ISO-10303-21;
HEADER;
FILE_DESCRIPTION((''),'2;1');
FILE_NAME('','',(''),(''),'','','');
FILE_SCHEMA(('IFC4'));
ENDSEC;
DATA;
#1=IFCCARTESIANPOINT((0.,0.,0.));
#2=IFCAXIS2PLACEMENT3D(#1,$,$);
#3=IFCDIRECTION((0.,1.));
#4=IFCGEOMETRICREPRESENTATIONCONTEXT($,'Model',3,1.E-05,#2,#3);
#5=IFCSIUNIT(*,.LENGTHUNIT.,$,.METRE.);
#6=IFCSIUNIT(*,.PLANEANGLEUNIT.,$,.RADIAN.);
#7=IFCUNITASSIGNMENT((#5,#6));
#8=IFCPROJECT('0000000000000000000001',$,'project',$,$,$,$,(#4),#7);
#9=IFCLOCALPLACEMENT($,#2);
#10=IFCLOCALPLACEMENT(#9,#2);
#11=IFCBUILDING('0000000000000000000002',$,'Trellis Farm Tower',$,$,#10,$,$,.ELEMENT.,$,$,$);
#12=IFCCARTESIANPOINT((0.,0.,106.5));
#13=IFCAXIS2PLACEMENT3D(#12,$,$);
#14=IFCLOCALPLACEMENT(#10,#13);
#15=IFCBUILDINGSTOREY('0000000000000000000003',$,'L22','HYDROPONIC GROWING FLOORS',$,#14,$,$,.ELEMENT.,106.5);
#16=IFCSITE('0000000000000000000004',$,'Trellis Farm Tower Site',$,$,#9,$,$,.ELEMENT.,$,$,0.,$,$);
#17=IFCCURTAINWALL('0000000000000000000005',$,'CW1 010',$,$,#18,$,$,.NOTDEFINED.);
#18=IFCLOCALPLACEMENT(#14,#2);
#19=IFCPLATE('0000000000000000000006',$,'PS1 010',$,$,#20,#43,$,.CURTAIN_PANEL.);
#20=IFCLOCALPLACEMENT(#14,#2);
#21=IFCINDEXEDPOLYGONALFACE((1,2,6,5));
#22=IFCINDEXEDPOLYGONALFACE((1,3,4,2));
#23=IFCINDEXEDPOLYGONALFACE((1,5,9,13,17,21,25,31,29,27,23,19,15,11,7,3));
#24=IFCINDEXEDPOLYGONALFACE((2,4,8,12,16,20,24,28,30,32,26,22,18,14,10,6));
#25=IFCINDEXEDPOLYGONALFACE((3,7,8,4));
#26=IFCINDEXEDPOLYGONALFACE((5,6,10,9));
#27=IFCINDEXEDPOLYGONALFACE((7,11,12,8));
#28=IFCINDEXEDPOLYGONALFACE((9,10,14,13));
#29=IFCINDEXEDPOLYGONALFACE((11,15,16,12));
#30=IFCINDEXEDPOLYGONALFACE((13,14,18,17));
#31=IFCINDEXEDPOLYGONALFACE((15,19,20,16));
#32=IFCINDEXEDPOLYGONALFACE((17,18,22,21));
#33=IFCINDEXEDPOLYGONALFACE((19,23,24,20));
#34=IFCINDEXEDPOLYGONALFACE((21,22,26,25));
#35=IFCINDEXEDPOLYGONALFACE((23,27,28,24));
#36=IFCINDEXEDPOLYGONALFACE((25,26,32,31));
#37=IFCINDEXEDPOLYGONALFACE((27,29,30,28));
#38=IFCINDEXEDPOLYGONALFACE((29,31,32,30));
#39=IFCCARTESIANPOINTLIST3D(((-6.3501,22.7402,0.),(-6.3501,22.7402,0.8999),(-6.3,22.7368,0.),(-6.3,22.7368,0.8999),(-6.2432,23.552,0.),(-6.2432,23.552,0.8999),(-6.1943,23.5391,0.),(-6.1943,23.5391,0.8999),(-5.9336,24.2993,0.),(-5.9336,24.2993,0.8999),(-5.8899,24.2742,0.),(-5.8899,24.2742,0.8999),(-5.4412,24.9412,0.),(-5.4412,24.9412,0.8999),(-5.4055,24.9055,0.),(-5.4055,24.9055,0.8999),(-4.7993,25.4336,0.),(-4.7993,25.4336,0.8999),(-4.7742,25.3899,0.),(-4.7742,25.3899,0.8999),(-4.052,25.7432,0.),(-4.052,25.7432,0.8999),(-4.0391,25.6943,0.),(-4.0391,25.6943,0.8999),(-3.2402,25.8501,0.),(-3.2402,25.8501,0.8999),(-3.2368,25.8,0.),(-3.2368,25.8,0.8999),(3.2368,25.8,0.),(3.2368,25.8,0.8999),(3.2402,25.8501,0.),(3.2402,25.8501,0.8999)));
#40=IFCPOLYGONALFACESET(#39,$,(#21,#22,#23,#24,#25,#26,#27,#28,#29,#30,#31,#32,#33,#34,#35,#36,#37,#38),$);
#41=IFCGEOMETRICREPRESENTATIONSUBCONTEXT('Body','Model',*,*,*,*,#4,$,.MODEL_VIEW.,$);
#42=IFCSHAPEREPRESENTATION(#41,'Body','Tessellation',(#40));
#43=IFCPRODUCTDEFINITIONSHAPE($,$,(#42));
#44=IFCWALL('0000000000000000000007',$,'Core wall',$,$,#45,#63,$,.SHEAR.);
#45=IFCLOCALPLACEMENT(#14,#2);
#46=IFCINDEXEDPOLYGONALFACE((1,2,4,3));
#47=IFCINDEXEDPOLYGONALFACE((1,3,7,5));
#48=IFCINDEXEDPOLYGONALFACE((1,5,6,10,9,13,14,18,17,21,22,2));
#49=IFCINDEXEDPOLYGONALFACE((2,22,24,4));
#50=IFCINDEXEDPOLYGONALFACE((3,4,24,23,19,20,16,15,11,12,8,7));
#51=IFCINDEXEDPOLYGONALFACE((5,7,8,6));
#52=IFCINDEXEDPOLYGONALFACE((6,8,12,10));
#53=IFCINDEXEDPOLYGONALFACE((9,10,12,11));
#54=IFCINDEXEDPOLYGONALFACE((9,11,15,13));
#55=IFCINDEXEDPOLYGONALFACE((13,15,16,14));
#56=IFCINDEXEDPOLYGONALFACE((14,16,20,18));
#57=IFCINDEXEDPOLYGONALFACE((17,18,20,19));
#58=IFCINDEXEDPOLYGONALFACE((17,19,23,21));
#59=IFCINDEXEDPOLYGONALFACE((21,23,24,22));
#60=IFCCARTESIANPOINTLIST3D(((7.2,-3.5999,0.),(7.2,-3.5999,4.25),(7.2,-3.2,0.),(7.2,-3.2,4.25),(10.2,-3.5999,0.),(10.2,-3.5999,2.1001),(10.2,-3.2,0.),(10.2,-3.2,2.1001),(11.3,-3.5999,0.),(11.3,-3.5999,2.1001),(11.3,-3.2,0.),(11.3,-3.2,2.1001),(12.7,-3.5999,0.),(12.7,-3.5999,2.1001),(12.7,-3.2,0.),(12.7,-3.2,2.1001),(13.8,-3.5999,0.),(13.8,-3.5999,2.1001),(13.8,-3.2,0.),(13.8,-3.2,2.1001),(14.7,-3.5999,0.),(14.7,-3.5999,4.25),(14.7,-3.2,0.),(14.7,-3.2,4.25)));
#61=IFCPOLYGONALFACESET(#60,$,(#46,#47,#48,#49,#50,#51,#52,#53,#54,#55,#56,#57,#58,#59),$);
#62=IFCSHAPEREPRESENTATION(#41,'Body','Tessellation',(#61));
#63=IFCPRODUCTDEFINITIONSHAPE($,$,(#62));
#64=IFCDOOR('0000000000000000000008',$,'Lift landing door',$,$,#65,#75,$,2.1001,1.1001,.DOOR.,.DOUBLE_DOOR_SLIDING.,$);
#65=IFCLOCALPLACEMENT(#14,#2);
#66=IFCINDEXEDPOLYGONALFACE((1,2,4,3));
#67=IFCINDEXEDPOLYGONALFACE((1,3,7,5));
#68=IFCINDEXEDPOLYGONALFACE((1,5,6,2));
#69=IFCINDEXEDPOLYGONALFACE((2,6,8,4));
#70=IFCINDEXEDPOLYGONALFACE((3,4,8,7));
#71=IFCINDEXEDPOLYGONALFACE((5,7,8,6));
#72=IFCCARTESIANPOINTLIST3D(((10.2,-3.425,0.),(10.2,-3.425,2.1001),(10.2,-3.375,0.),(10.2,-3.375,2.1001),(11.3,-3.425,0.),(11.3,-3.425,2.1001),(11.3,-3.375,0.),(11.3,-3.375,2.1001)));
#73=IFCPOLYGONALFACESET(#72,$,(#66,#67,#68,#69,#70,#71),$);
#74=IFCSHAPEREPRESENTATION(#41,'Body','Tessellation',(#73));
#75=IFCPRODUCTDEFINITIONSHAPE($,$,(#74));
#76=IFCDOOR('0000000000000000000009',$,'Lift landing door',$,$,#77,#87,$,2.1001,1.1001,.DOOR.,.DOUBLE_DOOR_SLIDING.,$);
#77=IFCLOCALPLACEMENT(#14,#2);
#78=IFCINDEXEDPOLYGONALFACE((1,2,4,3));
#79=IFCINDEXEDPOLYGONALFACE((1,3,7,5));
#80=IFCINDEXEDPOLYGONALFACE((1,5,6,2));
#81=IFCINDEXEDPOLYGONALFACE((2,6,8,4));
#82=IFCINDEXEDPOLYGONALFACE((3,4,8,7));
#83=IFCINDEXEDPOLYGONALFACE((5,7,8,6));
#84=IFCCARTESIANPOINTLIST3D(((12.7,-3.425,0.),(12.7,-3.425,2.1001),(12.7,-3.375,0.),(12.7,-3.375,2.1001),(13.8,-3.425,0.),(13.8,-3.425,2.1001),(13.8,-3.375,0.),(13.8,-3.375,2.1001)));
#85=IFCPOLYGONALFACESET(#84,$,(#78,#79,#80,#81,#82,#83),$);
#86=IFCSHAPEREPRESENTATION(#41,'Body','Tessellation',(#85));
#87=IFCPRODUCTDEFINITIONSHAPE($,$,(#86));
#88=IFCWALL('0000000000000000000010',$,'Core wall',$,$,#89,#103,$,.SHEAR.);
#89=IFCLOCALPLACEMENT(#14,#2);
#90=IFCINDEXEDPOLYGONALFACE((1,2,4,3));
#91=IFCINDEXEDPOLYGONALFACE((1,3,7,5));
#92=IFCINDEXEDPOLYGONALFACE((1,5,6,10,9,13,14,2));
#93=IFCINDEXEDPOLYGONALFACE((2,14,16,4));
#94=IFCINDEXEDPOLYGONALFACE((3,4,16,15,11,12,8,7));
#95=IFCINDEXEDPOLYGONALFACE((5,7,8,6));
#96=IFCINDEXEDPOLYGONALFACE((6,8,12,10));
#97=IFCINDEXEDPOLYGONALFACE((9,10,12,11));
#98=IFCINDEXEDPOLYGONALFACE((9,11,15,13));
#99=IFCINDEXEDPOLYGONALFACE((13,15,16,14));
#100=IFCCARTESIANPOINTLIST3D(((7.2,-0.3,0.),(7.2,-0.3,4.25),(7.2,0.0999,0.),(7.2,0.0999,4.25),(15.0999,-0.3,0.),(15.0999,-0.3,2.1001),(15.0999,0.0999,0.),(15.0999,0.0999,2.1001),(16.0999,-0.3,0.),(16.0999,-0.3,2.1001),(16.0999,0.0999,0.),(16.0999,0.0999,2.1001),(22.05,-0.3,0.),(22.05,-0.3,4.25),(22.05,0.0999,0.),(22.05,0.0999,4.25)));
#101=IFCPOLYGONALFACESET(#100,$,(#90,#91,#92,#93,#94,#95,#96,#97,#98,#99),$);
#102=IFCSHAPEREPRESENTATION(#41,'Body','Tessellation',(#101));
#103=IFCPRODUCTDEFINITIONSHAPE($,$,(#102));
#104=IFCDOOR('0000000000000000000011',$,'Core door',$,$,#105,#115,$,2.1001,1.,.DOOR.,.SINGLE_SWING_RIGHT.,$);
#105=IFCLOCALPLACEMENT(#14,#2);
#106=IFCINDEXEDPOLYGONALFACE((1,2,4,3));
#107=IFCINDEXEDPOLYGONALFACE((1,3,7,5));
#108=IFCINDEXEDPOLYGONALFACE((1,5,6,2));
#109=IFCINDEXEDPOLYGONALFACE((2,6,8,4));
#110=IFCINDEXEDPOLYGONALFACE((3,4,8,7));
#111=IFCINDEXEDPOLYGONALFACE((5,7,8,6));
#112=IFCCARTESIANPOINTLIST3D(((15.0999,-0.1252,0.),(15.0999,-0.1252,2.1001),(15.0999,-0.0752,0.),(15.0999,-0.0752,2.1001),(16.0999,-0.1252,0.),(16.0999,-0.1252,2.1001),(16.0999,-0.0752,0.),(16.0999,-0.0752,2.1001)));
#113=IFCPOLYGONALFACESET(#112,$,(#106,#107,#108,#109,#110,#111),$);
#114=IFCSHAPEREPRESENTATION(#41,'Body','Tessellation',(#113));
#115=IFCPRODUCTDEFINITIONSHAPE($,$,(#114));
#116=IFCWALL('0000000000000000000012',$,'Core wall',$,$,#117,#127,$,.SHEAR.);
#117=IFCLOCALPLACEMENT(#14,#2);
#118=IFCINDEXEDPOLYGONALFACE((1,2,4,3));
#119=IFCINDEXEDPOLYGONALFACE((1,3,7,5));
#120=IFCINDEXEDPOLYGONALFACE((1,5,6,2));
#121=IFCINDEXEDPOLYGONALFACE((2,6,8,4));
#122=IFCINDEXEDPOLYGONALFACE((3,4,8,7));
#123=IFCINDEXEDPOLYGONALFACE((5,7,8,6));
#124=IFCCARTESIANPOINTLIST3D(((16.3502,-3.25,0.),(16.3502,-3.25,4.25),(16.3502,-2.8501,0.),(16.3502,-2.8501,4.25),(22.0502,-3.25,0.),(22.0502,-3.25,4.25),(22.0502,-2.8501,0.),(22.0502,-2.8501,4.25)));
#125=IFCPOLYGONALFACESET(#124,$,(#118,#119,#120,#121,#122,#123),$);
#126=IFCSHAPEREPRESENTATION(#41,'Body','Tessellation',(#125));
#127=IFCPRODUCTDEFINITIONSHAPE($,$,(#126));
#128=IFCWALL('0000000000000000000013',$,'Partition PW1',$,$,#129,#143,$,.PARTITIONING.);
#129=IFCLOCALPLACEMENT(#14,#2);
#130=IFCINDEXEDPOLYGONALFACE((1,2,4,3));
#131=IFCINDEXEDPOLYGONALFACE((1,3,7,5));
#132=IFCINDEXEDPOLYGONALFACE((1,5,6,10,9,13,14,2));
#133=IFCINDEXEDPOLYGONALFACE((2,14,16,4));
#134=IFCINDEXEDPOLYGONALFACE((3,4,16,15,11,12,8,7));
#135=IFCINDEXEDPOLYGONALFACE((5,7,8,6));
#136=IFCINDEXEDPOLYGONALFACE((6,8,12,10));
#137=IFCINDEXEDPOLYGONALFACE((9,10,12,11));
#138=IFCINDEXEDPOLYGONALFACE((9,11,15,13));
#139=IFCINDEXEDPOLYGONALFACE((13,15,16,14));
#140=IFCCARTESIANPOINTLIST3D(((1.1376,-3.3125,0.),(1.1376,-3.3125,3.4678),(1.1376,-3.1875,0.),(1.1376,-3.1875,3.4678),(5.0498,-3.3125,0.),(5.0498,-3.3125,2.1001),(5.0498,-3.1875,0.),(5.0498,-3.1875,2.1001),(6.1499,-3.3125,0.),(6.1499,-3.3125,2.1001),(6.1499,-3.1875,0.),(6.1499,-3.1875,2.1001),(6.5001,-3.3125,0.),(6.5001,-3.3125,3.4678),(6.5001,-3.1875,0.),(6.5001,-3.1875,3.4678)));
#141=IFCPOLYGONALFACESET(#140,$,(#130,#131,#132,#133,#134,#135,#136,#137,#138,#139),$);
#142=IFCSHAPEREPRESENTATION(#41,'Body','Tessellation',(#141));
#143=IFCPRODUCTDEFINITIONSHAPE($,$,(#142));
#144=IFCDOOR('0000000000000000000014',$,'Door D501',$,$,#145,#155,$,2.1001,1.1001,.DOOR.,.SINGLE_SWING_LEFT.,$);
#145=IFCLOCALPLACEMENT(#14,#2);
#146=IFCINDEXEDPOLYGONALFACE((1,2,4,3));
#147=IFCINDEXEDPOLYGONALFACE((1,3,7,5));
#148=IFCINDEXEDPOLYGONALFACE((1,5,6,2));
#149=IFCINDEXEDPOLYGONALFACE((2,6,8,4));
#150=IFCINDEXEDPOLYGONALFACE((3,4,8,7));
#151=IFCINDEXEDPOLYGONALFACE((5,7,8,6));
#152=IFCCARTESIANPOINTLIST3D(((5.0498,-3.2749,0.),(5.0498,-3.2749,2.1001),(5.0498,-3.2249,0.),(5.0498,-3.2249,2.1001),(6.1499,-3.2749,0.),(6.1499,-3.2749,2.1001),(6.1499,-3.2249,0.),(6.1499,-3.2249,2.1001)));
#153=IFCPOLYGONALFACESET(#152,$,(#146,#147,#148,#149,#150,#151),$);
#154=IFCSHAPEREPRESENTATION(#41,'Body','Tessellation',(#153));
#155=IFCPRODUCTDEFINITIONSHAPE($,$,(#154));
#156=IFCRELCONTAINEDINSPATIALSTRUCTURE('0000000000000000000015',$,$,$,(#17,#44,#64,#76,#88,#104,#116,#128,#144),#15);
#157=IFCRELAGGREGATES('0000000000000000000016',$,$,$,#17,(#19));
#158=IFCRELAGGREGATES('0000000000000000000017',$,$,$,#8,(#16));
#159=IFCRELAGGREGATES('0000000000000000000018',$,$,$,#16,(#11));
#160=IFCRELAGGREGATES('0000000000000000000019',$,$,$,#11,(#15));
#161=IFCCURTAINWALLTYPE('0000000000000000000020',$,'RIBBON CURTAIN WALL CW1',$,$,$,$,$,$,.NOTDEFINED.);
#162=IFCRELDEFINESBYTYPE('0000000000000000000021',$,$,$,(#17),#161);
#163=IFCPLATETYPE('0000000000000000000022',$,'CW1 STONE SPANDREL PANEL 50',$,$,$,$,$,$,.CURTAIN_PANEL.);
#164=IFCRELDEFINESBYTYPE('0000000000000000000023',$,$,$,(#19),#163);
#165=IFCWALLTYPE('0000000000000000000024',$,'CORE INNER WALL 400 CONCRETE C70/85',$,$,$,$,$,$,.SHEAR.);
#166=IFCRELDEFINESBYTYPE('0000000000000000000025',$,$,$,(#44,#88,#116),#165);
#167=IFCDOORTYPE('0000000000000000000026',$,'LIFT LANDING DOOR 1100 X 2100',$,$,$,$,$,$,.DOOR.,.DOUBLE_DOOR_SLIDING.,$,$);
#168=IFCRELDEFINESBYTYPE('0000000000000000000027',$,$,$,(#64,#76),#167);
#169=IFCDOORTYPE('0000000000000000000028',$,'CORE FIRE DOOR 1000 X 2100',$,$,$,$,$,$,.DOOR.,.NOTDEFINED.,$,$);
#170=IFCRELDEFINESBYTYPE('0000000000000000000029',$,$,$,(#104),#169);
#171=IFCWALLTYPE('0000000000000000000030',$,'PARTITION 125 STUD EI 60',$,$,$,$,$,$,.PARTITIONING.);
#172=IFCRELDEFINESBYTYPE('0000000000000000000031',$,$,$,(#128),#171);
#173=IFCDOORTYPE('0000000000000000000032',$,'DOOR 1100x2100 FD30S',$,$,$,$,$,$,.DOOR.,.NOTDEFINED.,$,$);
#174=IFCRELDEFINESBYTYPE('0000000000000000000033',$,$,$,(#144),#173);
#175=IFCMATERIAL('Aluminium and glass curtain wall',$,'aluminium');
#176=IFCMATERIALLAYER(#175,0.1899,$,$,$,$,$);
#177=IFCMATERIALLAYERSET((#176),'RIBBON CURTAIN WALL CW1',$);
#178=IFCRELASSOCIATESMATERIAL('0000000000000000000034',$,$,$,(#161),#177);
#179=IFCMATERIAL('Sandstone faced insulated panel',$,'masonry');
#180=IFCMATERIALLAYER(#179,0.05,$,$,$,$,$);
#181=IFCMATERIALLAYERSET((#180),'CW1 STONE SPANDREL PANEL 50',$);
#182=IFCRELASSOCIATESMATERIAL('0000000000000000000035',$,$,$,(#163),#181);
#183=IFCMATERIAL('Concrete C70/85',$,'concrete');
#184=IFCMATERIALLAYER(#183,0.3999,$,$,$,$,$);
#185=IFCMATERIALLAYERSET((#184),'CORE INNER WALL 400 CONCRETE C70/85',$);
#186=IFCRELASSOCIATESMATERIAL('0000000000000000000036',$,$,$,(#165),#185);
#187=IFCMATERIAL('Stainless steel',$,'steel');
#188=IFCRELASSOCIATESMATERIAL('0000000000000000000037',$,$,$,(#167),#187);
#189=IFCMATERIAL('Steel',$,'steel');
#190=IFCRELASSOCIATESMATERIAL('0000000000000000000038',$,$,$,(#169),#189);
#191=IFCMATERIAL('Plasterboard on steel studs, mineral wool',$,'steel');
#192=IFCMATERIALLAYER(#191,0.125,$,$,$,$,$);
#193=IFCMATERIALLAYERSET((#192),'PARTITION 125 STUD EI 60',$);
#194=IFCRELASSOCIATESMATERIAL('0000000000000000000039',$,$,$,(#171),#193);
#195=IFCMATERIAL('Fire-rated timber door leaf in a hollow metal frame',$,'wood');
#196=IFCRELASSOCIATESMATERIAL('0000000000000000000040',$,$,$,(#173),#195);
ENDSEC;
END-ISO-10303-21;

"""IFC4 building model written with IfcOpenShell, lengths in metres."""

from ifc_helpers import new_model, si_unit, direction, frame, frame_2d, origin, place, context, subcontext, project, spatial, polyline, rectangle, outline, extrude, source, transform, mapped, material, layer, layer_set, type_object, element, fill, aggregate, save


model = new_model("IFC4")

# Units and contexts
model_context = context("Model", 3, precision=1e-05, world=origin(), true_north=direction((0.0, 1.0)))
body_context = subcontext(model_context, "Body", "Model", "MODEL_VIEW")
ifc_project = project(units=[si_unit("LENGTHUNIT", "METRE"), si_unit("PLANEANGLEUNIT", "RADIAN")], contexts=[model_context])

# Site, building, storey
site_placement = place(None, origin())
site = spatial("IfcSite", under=ifc_project, at=site_placement, Name="Trellis Farm Tower Site", CompositionType="ELEMENT", RefElevation=0.0)
building_placement = place(site_placement, origin())
building = spatial("IfcBuilding", under=site, at=building_placement, Name="Trellis Farm Tower", CompositionType="ELEMENT")
storey_placement = place(building_placement, frame((0.0, 0.0, 106.5)))
storey = spatial("IfcBuildingStorey", under=building, at=storey_placement, Name="L22", Description="HYDROPONIC GROWING FLOORS", CompositionType="ELEMENT", Elevation=106.5)

# Shared definitions
ifc_material_1 = material(Name="Aluminium and glass curtain wall", Category="aluminium")
ifc_layer_1 = layer(ifc_material_1, 0.1899)
ifc_layer_set_1 = layer_set([ifc_layer_1], Name="RIBBON CURTAIN WALL CW1")
curtain_wall_type = type_object("IfcCurtainWallType", Name="RIBBON CURTAIN WALL CW1", PredefinedType="NOTDEFINED", material=ifc_layer_set_1)
placement = place(storey_placement, origin())
ifc_material_2 = material(Name="Sandstone faced insulated panel", Category="masonry")
ifc_layer_2 = layer(ifc_material_2, 0.05)
ifc_layer_set_2 = layer_set([ifc_layer_2], Name="CW1 STONE SPANDREL PANEL 50")
plate_type_1 = type_object("IfcPlateType", Name="CW1 STONE SPANDREL PANEL 50", PredefinedType="CURTAIN_PANEL", material=ifc_layer_set_2)

# Curtain wall, plate
curtain_wall_1 = element("IfcCurtainWall", 1, at=placement, inside=storey, type_object=curtain_wall_type, Name="CW1 010", PredefinedType="NOTDEFINED")
shared_shape_1 = source(origin(), body_context, "Body", "SweptSolid", [
    extrude(outline(polyline([(3.2402, 25.8501), (-3.2402, 25.8501), (-4.052, 25.7432), (-4.7993, 25.4336), (-5.4412, 24.9412), (-5.9336, 24.2993), (-6.2432, 23.552), (-6.3501, 22.7402), (-6.3, 22.7368), (-6.1943, 23.5391), (-5.8899, 24.2742), (-5.4055, 24.9055), (-4.7742, 25.3899), (-4.0391, 25.6943), (-3.2368, 25.8), (3.2368, 25.8), (3.2402, 25.8501)])), origin(), (0.0, 0.0, 1.0), 0.8999),
])
plate_1 = element("IfcPlate", 2, at=placement, type_object=plate_type_1, Name="PS1 010", PredefinedType="CURTAIN_PANEL", context=body_context, shape_type="MappedRepresentation", body=[
    mapped(shared_shape_1, transform((0.0, 0.0, 0.0))),
])
aggregate(curtain_wall_1, [plate_1])

# Wall, openings, doors
ifc_material_3 = material(Name="Concrete C70/85", Category="concrete")
ifc_layer_3 = layer(ifc_material_3, 0.3999)
ifc_layer_set_3 = layer_set([ifc_layer_3], Name="CORE INNER WALL 400 CONCRETE C70/85")
wall_type_1 = type_object("IfcWallType", Name="CORE INNER WALL 400 CONCRETE C70/85", PredefinedType="SHEAR", material=ifc_layer_set_3)
shared_shape_2 = source(origin(), body_context, "Body", "SweptSolid", [
    extrude(rectangle(XDim=7.5, YDim=0.3999, at=frame_2d((3.75, 0.0))), origin(), (0.0, 0.0, 1.0), 4.25),
])
wall_1_placement = place(storey_placement, frame((7.2, -3.3999, 0.0), z_axis=(0.0, 0.0, 1.0), x_axis=(1.0, 0.0, 0.0)))
wall_1 = element("IfcWall", 3, at=wall_1_placement, inside=storey, type_object=wall_type_1, Name="Core wall", PredefinedType="SHEAR", context=body_context, shape_type="MappedRepresentation", body=[
    mapped(shared_shape_2, transform((0.0, 0.0, 0.0))),
])
shared_shape_3 = source(origin(), body_context, "Body", "SweptSolid", [
    extrude(rectangle(XDim=1.1001, YDim=2.1001, at=frame_2d((0.55, 1.05))), frame((0.0, 0.21, 0.0), z_axis=(0.0, -1.0, 0.0), x_axis=(1.0, 0.0, 0.0)), (0.0, 0.0, 1.0), 0.4199),
])
opening_1_placement = place(wall_1_placement, frame((3.0, 0.0, 0.0)))
opening_1 = element("IfcOpeningElement", 4, at=opening_1_placement, cuts=wall_1, PredefinedType="OPENING", context=body_context, shape_type="MappedRepresentation", body=[
    mapped(shared_shape_3, transform((0.0, 0.0, 0.0))),
])
opening_2_placement = place(wall_1_placement, frame((5.5, 0.0, 0.0)))
opening_2 = element("IfcOpeningElement", 5, at=opening_2_placement, cuts=wall_1, PredefinedType="OPENING", context=body_context, shape_type="MappedRepresentation", body=[
    mapped(shared_shape_3, transform((0.0, 0.0, 0.0))),
])
ifc_material_4 = material(Name="Stainless steel", Category="steel")
door_type_1 = type_object("IfcDoorType", Name="LIFT LANDING DOOR 1100 X 2100", OperationType="DOUBLE_DOOR_SLIDING", PredefinedType="DOOR", material=ifc_material_4)
shared_shape_4 = source(origin(), body_context, "Body", "SweptSolid", [
    extrude(rectangle(XDim=1.1001, YDim=2.1001, at=frame_2d((0.55, 1.05))), frame((0.0, 0.0249, 0.0), z_axis=(0.0, -1.0, 0.0), x_axis=(1.0, 0.0, 0.0)), (0.0, 0.0, 1.0), 0.05),
])
door_1_placement = place(opening_1_placement, origin())
door_1 = element("IfcDoor", 6, at=door_1_placement, inside=storey, type_object=door_type_1, Name="Lift landing door", OperationType="DOUBLE_DOOR_SLIDING", OverallHeight=2.1001, OverallWidth=1.1001, PredefinedType="DOOR", context=body_context, shape_type="MappedRepresentation", body=[
    mapped(shared_shape_4, transform((0.0, 0.0, 0.0))),
])
fill(opening_1, door_1)
door_2_placement = place(opening_2_placement, origin())
door_2 = element("IfcDoor", 7, at=door_2_placement, inside=storey, type_object=door_type_1, Name="Lift landing door", OperationType="DOUBLE_DOOR_SLIDING", OverallHeight=2.1001, OverallWidth=1.1001, PredefinedType="DOOR", context=body_context, shape_type="MappedRepresentation", body=[
    mapped(shared_shape_4, transform((0.0, 0.0, 0.0))),
])
fill(opening_2, door_2)

# Wall, opening, door
shared_shape_5 = source(origin(), body_context, "Body", "SweptSolid", [
    extrude(rectangle(XDim=14.8501, YDim=0.3999, at=frame_2d((7.425, 0.0))), origin(), (0.0, 0.0, 1.0), 4.25),
])
wall_2_placement = place(storey_placement, frame((7.2, -0.1001, 0.0), z_axis=(0.0, 0.0, 1.0), x_axis=(1.0, 0.0, 0.0)))
wall_2 = element("IfcWall", 8, at=wall_2_placement, inside=storey, type_object=wall_type_1, Name="Core wall", PredefinedType="SHEAR", context=body_context, shape_type="MappedRepresentation", body=[
    mapped(shared_shape_5, transform((0.0, 0.0, 0.0))),
])
shared_shape_6 = source(origin(), body_context, "Body", "SweptSolid", [
    extrude(rectangle(XDim=1.0, YDim=2.1001, at=frame_2d((0.5, 1.05))), frame((0.0, 0.21, 0.0), z_axis=(0.0, -1.0, 0.0), x_axis=(1.0, 0.0, 0.0)), (0.0, 0.0, 1.0), 0.4199),
])
opening_3_placement = place(wall_2_placement, frame((7.8999, 0.0, 0.0)))
opening_3 = element("IfcOpeningElement", 9, at=opening_3_placement, cuts=wall_2, PredefinedType="OPENING", context=body_context, shape_type="MappedRepresentation", body=[
    mapped(shared_shape_6, transform((0.0, 0.0, 0.0))),
])
ifc_material_5 = material(Name="Steel", Category="steel")
door_type_2 = type_object("IfcDoorType", Name="CORE FIRE DOOR 1000 X 2100", OperationType="NOTDEFINED", PredefinedType="DOOR", material=ifc_material_5)
shared_shape_7 = source(origin(), body_context, "Body", "SweptSolid", [
    extrude(rectangle(XDim=1.0, YDim=2.1001, at=frame_2d((0.5, 1.05))), frame((0.0, 0.0249, 0.0), z_axis=(0.0, -1.0, 0.0), x_axis=(1.0, 0.0, 0.0)), (0.0, 0.0, 1.0), 0.05),
])
door_3_placement = place(opening_3_placement, origin())
door_3 = element("IfcDoor", 10, at=door_3_placement, inside=storey, type_object=door_type_2, Name="Core door", OperationType="SINGLE_SWING_RIGHT", OverallHeight=2.1001, OverallWidth=1.0, PredefinedType="DOOR", context=body_context, shape_type="MappedRepresentation", body=[
    mapped(shared_shape_7, transform((0.0, 0.0, 0.0))),
])
fill(opening_3, door_3)

# Wall
shared_shape_8 = source(origin(), body_context, "Body", "SweptSolid", [
    extrude(rectangle(XDim=5.7, YDim=0.3999, at=frame_2d((2.8501, 0.0))), origin(), (0.0, 0.0, 1.0), 4.25),
])
wall_3_placement = place(storey_placement, frame((16.3501, -3.05, 0.0), z_axis=(0.0, 0.0, 1.0), x_axis=(1.0, 0.0, 0.0)))
element("IfcWall", 11, at=wall_3_placement, inside=storey, type_object=wall_type_1, Name="Core wall", PredefinedType="SHEAR", context=body_context, shape_type="MappedRepresentation", body=[
    mapped(shared_shape_8, transform((0.0, 0.0, 0.0))),
])

# Wall, opening, door
ifc_material_6 = material(Name="Plasterboard on steel studs, mineral wool", Category="steel")
ifc_layer_4 = layer(ifc_material_6, 0.125)
ifc_layer_set_4 = layer_set([ifc_layer_4], Name="PARTITION 125 STUD EI 60")
wall_type_2 = type_object("IfcWallType", Name="PARTITION 125 STUD EI 60", PredefinedType="PARTITIONING", material=ifc_layer_set_4)
shared_shape_9 = source(origin(), body_context, "Body", "SweptSolid", [
    extrude(rectangle(XDim=5.3625, YDim=0.125, at=frame_2d((2.6812, 0.0))), origin(), (0.0, 0.0, 1.0), 3.4678),
])
wall_4_placement = place(storey_placement, frame((6.5, -3.25, 0.0), z_axis=(0.0, 0.0, 1.0), x_axis=(-1.0, 0.0, 0.0)))
wall_4 = element("IfcWall", 12, at=wall_4_placement, inside=storey, type_object=wall_type_2, Name="Partition PW1", PredefinedType="PARTITIONING", context=body_context, shape_type="MappedRepresentation", body=[
    mapped(shared_shape_9, transform((0.0, 0.0, 0.0))),
])
shared_shape_10 = source(origin(), body_context, "Body", "SweptSolid", [
    extrude(rectangle(XDim=1.1001, YDim=2.1001, at=frame_2d((0.55, 1.05))), frame((0.0, 0.0725, 0.0), z_axis=(0.0, -1.0, 0.0), x_axis=(1.0, 0.0, 0.0)), (0.0, 0.0, 1.0), 0.145),
])
opening_4_placement = place(wall_4_placement, frame((0.3501, 0.0, 0.0)))
opening_4 = element("IfcOpeningElement", 13, at=opening_4_placement, cuts=wall_4, PredefinedType="OPENING", context=body_context, shape_type="MappedRepresentation", body=[
    mapped(shared_shape_10, transform((0.0, 0.0, 0.0))),
])
ifc_material_7 = material(Name="Fire-rated timber door leaf in a hollow metal frame", Category="wood")
door_type_3 = type_object("IfcDoorType", Name="DOOR 1100x2100 FD30S", OperationType="NOTDEFINED", PredefinedType="DOOR", material=ifc_material_7)
door_4_placement = place(opening_4_placement, origin())
door_4 = element("IfcDoor", 14, at=door_4_placement, inside=storey, type_object=door_type_3, Name="Door D501", OperationType="SINGLE_SWING_LEFT", OverallHeight=2.1001, OverallWidth=1.1001, PredefinedType="DOOR", context=body_context, shape_type="MappedRepresentation", body=[
    mapped(shared_shape_4, transform((0.0, 0.0, 0.0))),
])
fill(opening_4, door_4)

save(model, "model.ifc")
